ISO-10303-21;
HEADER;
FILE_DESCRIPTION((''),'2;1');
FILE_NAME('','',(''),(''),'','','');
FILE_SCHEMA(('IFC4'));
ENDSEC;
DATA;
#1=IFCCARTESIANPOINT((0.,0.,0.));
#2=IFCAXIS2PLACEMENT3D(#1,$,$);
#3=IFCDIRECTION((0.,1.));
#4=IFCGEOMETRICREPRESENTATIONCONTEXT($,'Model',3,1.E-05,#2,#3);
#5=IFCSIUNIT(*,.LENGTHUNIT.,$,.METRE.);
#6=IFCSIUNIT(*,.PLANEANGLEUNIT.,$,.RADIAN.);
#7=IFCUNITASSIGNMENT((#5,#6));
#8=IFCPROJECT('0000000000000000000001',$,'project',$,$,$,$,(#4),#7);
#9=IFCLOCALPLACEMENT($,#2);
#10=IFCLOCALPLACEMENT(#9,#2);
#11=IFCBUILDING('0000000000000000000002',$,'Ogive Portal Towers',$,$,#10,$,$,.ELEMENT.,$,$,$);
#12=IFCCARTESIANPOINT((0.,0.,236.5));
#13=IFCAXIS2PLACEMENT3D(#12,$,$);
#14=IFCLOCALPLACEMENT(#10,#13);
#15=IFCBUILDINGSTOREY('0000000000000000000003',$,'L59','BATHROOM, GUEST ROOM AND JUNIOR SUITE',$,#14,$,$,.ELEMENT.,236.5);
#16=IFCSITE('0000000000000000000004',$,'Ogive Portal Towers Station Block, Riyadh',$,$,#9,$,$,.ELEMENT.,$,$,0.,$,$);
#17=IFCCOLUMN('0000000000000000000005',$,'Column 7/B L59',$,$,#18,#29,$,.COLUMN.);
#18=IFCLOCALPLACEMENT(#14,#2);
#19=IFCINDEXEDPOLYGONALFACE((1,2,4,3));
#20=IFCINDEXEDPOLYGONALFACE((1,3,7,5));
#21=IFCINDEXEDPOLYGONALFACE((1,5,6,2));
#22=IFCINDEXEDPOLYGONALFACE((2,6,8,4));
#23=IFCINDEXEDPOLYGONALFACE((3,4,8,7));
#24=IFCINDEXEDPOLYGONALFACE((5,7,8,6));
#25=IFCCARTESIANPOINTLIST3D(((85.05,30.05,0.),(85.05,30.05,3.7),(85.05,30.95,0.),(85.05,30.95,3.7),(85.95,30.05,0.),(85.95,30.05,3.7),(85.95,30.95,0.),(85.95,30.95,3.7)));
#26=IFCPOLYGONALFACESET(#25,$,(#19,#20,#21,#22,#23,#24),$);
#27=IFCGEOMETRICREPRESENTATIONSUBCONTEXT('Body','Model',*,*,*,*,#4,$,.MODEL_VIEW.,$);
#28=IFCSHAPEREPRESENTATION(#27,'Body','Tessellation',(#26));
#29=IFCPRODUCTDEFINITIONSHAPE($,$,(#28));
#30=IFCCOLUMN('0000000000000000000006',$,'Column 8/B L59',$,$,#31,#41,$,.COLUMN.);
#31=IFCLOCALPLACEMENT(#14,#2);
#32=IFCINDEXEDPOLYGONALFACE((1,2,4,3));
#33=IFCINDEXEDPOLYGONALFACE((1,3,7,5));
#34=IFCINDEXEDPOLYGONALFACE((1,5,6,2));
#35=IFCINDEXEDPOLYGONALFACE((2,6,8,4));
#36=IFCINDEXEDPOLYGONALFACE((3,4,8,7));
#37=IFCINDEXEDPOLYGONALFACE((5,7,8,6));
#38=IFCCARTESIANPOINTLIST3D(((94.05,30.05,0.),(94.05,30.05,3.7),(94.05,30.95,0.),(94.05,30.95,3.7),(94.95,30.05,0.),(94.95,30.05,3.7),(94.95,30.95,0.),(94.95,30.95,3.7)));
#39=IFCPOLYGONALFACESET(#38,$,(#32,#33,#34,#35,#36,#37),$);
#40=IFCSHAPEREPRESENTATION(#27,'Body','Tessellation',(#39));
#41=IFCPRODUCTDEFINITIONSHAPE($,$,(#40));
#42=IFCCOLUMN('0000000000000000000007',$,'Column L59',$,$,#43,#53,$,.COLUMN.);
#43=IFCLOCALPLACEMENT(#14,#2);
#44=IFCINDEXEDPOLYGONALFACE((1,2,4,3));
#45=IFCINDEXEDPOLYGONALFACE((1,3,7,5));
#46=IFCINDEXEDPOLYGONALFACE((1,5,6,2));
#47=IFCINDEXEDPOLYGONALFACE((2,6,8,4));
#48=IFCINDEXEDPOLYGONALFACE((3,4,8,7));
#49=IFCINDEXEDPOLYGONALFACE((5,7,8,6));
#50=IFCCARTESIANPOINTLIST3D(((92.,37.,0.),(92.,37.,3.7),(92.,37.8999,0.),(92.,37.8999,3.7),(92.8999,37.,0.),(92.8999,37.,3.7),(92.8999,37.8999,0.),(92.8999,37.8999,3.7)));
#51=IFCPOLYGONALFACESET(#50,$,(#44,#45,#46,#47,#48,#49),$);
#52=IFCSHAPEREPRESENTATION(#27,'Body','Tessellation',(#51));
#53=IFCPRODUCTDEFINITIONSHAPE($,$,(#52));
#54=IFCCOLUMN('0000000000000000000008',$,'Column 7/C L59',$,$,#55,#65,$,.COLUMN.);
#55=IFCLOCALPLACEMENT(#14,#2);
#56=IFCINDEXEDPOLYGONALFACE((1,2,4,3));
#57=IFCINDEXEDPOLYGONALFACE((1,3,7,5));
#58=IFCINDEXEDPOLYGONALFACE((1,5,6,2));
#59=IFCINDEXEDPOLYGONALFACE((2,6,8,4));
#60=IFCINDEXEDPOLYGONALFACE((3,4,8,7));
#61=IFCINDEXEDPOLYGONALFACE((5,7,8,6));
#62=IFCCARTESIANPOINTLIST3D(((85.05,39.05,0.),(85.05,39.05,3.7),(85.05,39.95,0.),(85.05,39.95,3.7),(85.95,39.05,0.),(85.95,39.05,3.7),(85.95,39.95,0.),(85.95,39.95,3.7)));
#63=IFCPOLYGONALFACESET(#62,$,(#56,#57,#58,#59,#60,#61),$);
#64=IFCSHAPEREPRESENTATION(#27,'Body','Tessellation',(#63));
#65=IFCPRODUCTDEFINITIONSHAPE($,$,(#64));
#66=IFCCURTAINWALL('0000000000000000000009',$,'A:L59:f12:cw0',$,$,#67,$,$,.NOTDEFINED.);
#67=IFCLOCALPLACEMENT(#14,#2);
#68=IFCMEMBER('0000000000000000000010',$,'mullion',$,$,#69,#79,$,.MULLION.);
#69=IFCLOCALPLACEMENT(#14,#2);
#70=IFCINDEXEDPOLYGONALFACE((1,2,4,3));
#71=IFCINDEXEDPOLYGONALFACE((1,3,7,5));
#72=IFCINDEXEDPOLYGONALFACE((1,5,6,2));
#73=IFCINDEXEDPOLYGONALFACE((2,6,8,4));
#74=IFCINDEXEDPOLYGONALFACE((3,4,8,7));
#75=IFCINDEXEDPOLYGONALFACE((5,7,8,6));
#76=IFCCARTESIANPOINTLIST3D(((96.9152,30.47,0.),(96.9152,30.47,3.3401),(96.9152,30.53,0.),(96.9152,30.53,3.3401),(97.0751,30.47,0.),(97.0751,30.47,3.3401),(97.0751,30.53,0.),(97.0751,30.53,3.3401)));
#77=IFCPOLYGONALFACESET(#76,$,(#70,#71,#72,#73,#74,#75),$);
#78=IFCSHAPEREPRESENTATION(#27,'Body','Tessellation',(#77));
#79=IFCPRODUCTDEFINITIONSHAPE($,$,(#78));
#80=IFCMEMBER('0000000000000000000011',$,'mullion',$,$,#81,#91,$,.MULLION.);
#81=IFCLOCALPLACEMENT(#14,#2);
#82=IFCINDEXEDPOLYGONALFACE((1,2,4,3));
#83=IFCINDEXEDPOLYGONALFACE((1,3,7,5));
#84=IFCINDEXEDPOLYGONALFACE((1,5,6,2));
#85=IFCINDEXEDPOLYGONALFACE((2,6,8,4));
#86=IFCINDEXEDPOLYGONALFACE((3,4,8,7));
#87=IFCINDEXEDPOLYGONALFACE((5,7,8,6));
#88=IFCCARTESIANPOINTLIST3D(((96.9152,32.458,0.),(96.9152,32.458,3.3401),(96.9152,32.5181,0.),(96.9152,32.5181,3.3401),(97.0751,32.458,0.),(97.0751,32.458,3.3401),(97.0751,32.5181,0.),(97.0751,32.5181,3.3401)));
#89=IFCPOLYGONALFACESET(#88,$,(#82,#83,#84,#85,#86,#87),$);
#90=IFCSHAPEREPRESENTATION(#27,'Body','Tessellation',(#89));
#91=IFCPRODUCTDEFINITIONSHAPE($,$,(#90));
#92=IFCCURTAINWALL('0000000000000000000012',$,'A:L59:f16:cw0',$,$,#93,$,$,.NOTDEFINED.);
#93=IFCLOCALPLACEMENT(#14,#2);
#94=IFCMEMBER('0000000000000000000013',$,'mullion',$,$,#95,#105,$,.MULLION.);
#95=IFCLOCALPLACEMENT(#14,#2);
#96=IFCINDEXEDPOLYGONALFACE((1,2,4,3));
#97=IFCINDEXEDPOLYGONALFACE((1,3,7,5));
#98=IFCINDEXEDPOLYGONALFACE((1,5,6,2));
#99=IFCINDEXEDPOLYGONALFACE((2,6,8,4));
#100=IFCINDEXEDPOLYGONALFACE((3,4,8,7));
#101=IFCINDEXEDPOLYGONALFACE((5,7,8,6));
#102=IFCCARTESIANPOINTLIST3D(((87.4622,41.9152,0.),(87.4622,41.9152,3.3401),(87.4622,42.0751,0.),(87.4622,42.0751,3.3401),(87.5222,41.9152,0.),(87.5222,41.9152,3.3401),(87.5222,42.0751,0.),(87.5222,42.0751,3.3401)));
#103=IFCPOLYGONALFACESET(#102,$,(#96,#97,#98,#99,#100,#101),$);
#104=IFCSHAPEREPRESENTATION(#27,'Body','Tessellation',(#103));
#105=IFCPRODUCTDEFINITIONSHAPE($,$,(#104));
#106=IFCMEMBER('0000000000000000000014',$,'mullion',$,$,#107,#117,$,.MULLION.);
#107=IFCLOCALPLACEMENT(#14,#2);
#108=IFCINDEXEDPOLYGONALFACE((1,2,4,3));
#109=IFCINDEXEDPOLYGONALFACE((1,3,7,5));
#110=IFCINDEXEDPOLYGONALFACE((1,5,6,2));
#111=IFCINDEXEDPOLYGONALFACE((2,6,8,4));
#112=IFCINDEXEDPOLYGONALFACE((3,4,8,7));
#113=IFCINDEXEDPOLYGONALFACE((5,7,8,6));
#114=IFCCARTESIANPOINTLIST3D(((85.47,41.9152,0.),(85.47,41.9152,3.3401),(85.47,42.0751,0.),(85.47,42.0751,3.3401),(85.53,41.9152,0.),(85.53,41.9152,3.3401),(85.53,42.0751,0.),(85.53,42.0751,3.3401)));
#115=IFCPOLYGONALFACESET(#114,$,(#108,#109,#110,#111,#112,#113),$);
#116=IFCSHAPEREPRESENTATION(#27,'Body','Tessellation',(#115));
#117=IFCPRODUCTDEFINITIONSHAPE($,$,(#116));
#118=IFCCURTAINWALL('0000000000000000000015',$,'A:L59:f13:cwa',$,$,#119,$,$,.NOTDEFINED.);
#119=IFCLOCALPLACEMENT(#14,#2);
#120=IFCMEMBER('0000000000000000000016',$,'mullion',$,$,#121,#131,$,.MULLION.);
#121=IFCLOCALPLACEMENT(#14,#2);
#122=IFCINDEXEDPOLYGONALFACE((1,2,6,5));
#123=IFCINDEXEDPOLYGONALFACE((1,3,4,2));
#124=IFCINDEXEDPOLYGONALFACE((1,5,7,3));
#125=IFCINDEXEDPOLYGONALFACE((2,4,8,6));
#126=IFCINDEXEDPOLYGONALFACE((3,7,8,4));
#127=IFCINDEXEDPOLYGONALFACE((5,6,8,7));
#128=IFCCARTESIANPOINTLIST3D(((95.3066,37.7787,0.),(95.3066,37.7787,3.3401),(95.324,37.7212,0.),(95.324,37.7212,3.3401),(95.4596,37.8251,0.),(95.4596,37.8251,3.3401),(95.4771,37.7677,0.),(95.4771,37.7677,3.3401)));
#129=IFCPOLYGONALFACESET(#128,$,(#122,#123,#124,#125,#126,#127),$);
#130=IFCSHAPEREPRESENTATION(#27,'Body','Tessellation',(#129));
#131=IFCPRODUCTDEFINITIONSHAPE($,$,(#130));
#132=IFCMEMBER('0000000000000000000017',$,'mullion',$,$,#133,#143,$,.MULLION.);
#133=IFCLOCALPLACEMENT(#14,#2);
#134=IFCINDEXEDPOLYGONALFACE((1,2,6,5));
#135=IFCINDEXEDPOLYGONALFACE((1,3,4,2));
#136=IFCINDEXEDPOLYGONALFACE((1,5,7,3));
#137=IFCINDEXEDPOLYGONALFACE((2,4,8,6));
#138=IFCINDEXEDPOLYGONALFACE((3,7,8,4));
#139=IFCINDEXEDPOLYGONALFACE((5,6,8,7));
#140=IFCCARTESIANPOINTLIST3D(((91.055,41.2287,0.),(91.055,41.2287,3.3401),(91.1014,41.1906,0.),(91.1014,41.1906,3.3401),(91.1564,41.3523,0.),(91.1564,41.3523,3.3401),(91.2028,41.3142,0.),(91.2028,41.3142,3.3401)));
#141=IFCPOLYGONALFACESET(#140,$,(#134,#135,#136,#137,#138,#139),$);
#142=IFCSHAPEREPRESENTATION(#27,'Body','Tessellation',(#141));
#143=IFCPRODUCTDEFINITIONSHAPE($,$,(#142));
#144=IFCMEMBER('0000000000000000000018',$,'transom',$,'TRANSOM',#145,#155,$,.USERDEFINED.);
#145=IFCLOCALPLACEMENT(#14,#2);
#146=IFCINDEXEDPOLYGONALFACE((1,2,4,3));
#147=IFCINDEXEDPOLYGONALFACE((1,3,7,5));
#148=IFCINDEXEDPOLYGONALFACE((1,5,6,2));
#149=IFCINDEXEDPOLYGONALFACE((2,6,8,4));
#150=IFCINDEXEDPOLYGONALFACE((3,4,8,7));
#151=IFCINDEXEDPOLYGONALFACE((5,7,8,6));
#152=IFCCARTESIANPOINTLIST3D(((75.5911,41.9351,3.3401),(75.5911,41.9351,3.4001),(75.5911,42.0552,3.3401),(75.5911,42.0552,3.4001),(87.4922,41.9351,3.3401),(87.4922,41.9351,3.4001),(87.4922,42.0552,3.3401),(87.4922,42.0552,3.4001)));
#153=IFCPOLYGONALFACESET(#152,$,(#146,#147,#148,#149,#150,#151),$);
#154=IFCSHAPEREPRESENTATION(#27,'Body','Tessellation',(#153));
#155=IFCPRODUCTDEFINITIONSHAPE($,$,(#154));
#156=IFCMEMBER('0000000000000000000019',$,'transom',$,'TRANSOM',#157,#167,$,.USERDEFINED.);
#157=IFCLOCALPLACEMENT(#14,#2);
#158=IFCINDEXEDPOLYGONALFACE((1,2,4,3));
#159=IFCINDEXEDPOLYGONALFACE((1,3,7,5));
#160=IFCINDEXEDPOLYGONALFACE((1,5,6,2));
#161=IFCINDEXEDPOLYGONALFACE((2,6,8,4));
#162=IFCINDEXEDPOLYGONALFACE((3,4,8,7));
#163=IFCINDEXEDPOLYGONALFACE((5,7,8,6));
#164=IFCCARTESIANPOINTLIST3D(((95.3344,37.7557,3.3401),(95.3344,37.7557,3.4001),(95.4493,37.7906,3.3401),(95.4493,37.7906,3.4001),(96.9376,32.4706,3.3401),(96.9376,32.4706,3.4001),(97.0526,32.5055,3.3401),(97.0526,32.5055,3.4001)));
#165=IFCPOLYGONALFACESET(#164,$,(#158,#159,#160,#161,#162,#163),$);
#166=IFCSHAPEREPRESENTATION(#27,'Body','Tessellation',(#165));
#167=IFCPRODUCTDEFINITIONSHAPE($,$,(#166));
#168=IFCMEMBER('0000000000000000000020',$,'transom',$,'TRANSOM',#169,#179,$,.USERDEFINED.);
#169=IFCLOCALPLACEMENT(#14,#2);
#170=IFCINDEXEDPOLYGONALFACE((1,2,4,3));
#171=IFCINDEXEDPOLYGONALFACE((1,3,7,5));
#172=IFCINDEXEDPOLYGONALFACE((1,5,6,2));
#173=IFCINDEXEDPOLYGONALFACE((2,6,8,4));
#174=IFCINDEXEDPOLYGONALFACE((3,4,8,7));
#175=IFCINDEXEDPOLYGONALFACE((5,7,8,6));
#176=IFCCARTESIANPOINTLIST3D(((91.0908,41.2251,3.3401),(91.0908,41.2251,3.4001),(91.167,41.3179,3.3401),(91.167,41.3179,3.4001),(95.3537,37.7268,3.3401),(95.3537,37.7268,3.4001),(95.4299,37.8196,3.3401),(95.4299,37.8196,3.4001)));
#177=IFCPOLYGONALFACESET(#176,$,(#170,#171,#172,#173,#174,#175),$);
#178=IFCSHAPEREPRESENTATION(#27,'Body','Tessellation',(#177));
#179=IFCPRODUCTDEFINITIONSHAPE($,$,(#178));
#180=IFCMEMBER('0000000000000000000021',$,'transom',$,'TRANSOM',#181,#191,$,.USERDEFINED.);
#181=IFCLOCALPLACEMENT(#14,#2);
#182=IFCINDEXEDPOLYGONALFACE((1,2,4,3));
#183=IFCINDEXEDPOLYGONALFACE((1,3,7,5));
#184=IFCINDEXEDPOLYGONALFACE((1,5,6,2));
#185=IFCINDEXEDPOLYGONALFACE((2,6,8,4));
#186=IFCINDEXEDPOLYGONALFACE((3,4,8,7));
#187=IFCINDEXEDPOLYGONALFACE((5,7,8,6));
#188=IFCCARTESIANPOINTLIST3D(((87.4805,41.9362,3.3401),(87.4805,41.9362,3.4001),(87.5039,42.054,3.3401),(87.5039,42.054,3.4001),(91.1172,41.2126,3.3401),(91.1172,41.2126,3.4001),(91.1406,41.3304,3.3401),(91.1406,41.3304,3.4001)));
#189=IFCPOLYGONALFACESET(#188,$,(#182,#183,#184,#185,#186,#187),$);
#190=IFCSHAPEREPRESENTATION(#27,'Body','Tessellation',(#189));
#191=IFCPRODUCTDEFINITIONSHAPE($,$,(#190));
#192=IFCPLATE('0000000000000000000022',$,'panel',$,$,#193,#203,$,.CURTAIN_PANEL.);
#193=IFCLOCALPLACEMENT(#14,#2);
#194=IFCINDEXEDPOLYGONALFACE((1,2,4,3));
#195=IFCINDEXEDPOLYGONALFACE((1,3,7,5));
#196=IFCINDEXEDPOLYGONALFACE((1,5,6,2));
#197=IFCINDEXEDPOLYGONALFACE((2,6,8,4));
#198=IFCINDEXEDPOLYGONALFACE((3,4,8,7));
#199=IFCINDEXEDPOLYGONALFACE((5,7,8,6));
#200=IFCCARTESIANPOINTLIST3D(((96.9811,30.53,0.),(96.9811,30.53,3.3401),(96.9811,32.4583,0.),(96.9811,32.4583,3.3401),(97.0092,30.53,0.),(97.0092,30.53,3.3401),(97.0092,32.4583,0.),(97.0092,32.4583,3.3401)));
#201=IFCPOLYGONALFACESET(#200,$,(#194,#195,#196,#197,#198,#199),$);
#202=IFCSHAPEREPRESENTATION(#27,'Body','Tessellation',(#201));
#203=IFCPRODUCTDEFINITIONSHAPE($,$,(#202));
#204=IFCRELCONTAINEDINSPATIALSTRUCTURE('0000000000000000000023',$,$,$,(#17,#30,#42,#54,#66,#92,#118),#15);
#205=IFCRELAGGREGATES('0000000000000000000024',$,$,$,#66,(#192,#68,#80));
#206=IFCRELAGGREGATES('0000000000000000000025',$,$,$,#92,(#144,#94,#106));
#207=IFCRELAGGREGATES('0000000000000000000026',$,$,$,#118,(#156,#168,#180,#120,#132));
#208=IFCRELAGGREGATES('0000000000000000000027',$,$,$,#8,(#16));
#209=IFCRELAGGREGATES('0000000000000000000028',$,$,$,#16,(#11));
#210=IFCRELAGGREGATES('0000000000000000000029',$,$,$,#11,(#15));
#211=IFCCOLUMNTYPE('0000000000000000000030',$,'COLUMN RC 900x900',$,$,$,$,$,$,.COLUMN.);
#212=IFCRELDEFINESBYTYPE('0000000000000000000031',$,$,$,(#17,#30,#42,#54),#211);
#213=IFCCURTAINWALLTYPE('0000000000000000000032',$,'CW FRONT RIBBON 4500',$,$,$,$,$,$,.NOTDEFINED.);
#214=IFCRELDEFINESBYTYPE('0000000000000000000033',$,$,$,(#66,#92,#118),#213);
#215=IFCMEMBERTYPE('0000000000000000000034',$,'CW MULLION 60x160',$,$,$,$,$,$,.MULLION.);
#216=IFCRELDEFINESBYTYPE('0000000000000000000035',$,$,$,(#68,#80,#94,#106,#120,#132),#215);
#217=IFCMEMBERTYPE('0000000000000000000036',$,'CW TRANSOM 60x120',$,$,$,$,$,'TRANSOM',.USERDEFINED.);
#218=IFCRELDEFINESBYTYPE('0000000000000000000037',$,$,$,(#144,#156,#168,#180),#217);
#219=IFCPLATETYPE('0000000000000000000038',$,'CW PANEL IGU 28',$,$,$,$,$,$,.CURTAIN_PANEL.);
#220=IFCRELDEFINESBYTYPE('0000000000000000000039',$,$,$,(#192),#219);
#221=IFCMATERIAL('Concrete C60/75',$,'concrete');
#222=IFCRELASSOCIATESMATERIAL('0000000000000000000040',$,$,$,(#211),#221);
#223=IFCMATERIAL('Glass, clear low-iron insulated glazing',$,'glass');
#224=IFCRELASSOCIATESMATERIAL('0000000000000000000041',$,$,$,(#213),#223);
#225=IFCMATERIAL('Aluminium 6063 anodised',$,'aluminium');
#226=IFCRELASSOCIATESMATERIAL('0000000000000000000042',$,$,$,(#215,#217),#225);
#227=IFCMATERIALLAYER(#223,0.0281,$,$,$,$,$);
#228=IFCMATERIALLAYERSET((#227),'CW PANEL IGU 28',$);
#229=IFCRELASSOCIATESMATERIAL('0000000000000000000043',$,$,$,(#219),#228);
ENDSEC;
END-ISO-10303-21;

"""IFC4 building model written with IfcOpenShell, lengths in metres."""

from ifc_helpers import new_model, si_unit, direction, frame, origin, origin_2d, place, context, subcontext, project, spatial, rectangle, extrude, material, layer, layer_set, material_profile, profile_set, type_object, element, aggregate, save


model = new_model("IFC4")

# Units and contexts
model_context = context("Model", 3, precision=1e-05, world=origin(), true_north=direction((0.0, 1.0)))
body_context = subcontext(model_context, "Body", "Model", "MODEL_VIEW")
ifc_project = project(units=[si_unit("LENGTHUNIT", "METRE"), si_unit("PLANEANGLEUNIT", "RADIAN")], contexts=[model_context])

# Site, building, storey
site_placement = place(None, origin())
site = spatial("IfcSite", under=ifc_project, at=site_placement, Name="Ogive Portal Towers Station Block, Riyadh", CompositionType="ELEMENT", RefElevation=0.0)
building_placement = place(site_placement, origin())
building = spatial("IfcBuilding", under=site, at=building_placement, Name="Ogive Portal Towers", CompositionType="ELEMENT")
storey_placement = place(building_placement, frame((0.0, 0.0, 236.5)))
storey = spatial("IfcBuildingStorey", under=building, at=storey_placement, Name="L59", Description="BATHROOM, GUEST ROOM AND JUNIOR SUITE", CompositionType="ELEMENT", Elevation=236.5)

# Columns
ifc_material_1 = material(Name="Concrete C60/75", Category="concrete")
ifc_material_profile_1 = material_profile(ifc_material_1, rectangle(XDim=0.8999, YDim=0.8999, at=origin_2d()), Name="RC 900x900")
ifc_profile_set_1 = profile_set([ifc_material_profile_1], Name="Concrete C60/75")
column_type = type_object("IfcColumnType", Name="COLUMN RC 900x900", PredefinedType="COLUMN", material=ifc_profile_set_1)
for number, where, z_axis, x_axis, name in (
    (1, (85.5, 30.5, 0.0), (0.0, 0.0, 1.0), (1.0, 0.0, 0.0), "Column 7/B L59"),
    (2, (94.5, 30.5, 0.0), (0.0, 0.0, 1.0), (1.0, 0.0, 0.0), "Column 8/B L59"),
    (3, (92.45, 37.45, 0.0), (0.0, 0.0, 1.0), (1.0, 0.0, 0.0), "Column L59"),
    (4, (85.5, 39.5, 0.0), (0.0, 0.0, 1.0), (1.0, 0.0, 0.0), "Column 7/C L59"),
):
    element("IfcColumn", number, at=place(storey_placement, frame(where, z_axis=z_axis, x_axis=x_axis)), inside=storey, type_object=column_type, Name=name, PredefinedType="COLUMN", context=body_context, shape_type="SweptSolid", body=[
        extrude(rectangle(XDim=0.8999, YDim=0.8999, at=origin_2d()), origin(), (0.0, 0.0, 1.0), 3.7),
    ])

# Curtain walls, members
ifc_material_2 = material(Name="Glass, clear low-iron insulated glazing", Category="glass")
curtain_wall_type = type_object("IfcCurtainWallType", Name="CW FRONT RIBBON 4500", PredefinedType="NOTDEFINED", material=ifc_material_2)
curtain_wall_1_placement = place(storey_placement, origin())
curtain_wall_1 = element("IfcCurtainWall", 5, at=curtain_wall_1_placement, inside=storey, type_object=curtain_wall_type, Name="A:L59:f12:cw0", PredefinedType="NOTDEFINED")
ifc_material_3 = material(Name="Aluminium 6063 anodised", Category="aluminium")
ifc_material_profile_2 = material_profile(ifc_material_3, rectangle(XDim=0.1599, YDim=0.0601, at=origin_2d()), Name="AL 60x160")
ifc_profile_set_2 = profile_set([ifc_material_profile_2], Name="Aluminium 6063 anodised")
member_type_1 = type_object("IfcMemberType", Name="CW MULLION 60x160", PredefinedType="MULLION", material=ifc_profile_set_2)
member_1_placement = place(storey_placement, frame((96.9951, 30.5, 0.0), z_axis=(0.0, 0.0, 1.0), x_axis=(-1.0, 0.0, 0.0)))
member_1 = element("IfcMember", 6, at=member_1_placement, type_object=member_type_1, Name="mullion", PredefinedType="MULLION", context=body_context, shape_type="SweptSolid", body=[
    extrude(rectangle(XDim=0.1599, YDim=0.0601, at=origin_2d()), origin(), (0.0, 0.0, 1.0), 3.3401),
])
member_2_placement = place(storey_placement, frame((96.9951, 32.488, 0.0), z_axis=(0.0, 0.0, 1.0), x_axis=(-1.0, 0.0, 0.0)))
member_2 = element("IfcMember", 7, at=member_2_placement, type_object=member_type_1, Name="mullion", PredefinedType="MULLION", context=body_context, shape_type="SweptSolid", body=[
    extrude(rectangle(XDim=0.1599, YDim=0.0601, at=origin_2d()), origin(), (0.0, 0.0, 1.0), 3.3401),
])
curtain_wall_2_placement = place(storey_placement, origin())
curtain_wall_2 = element("IfcCurtainWall", 8, at=curtain_wall_2_placement, inside=storey, type_object=curtain_wall_type, Name="A:L59:f16:cw0", PredefinedType="NOTDEFINED")
member_3_placement = place(storey_placement, frame((87.4922, 41.9951, 0.0), z_axis=(0.0, 0.0, 1.0), x_axis=(0.0, -1.0, 0.0)))
member_3 = element("IfcMember", 9, at=member_3_placement, type_object=member_type_1, Name="mullion", PredefinedType="MULLION", context=body_context, shape_type="SweptSolid", body=[
    extrude(rectangle(XDim=0.1599, YDim=0.0601, at=origin_2d()), origin(), (0.0, 0.0, 1.0), 3.3401),
])
member_4_placement = place(storey_placement, frame((85.5, 41.9951, 0.0), z_axis=(0.0, 0.0, 1.0), x_axis=(0.0, -1.0, 0.0)))
member_4 = element("IfcMember", 10, at=member_4_placement, type_object=member_type_1, Name="mullion", PredefinedType="MULLION", context=body_context, shape_type="SweptSolid", body=[
    extrude(rectangle(XDim=0.1599, YDim=0.0601, at=origin_2d()), origin(), (0.0, 0.0, 1.0), 3.3401),
])
curtain_wall_3_placement = place(storey_placement, origin())
curtain_wall_3 = element("IfcCurtainWall", 11, at=curtain_wall_3_placement, inside=storey, type_object=curtain_wall_type, Name="A:L59:f13:cwa", PredefinedType="NOTDEFINED")
member_5_placement = place(storey_placement, frame((95.3918, 37.7732, 0.0), z_axis=(0.0, 0.0, 1.0), x_axis=(-0.95694, -0.290285, 0.0)))
member_5 = element("IfcMember", 12, at=member_5_placement, type_object=member_type_1, Name="mullion", PredefinedType="MULLION", context=body_context, shape_type="SweptSolid", body=[
    extrude(rectangle(XDim=0.1599, YDim=0.0601, at=origin_2d()), origin(), (0.0, 0.0, 1.0), 3.3401),
])
member_6_placement = place(storey_placement, frame((91.1289, 41.2715, 0.0), z_axis=(0.0, 0.0, 1.0), x_axis=(-0.634393, -0.77301, 0.0)))
member_6 = element("IfcMember", 13, at=member_6_placement, type_object=member_type_1, Name="mullion", PredefinedType="MULLION", context=body_context, shape_type="SweptSolid", body=[
    extrude(rectangle(XDim=0.1599, YDim=0.0601, at=origin_2d()), origin(), (0.0, 0.0, 1.0), 3.3401),
])

# Members
ifc_material_profile_3 = material_profile(ifc_material_3, rectangle(XDim=0.1201, YDim=0.0601, at=origin_2d()), Name="AL 120x60")
ifc_profile_set_3 = profile_set([ifc_material_profile_3], Name="Aluminium 6063 anodised")
member_type_2 = type_object("IfcMemberType", Name="CW TRANSOM 60x120", ElementType="TRANSOM", PredefinedType="USERDEFINED", material=ifc_profile_set_3)
member_7_placement = place(storey_placement, frame((87.4922, 41.9951, 3.3701), z_axis=(-1.0, 0.0, 0.0), x_axis=(0.0, -1.0, 0.0)))
member_7 = element("IfcMember", 14, at=member_7_placement, type_object=member_type_2, Name="transom", ObjectType="TRANSOM", PredefinedType="USERDEFINED", context=body_context, shape_type="SweptSolid", body=[
    extrude(rectangle(XDim=0.1201, YDim=0.0601, at=origin_2d()), origin(), (0.0, 0.0, 1.0), 11.9011),
])
member_8_placement = place(storey_placement, frame((96.9951, 32.488, 3.3701), z_axis=(-0.290291, 0.956938, 0.0), x_axis=(-0.956938, -0.290291, 0.0)))
member_8 = element("IfcMember", 15, at=member_8_placement, type_object=member_type_2, Name="transom", ObjectType="TRANSOM", PredefinedType="USERDEFINED", context=body_context, shape_type="SweptSolid", body=[
    extrude(rectangle(XDim=0.1201, YDim=0.0601, at=origin_2d()), origin(), (0.0, 0.0, 1.0), 5.5229),
])
member_9_placement = place(storey_placement, frame((95.3918, 37.7732, 3.3701), z_axis=(-0.773029, 0.63437, 0.0), x_axis=(-0.63437, -0.773029, 0.0)))
member_9 = element("IfcMember", 16, at=member_9_placement, type_object=member_type_2, Name="transom", ObjectType="TRANSOM", PredefinedType="USERDEFINED", context=body_context, shape_type="SweptSolid", body=[
    extrude(rectangle(XDim=0.1201, YDim=0.0601, at=origin_2d()), origin(), (0.0, 0.0, 1.0), 5.5146),
])
member_10_placement = place(storey_placement, frame((91.1289, 41.2715, 3.3701), z_axis=(-0.980773, 0.195154, 0.0), x_axis=(-0.195154, -0.980773, 0.0)))
member_10 = element("IfcMember", 17, at=member_10_placement, type_object=member_type_2, Name="transom", ObjectType="TRANSOM", PredefinedType="USERDEFINED", context=body_context, shape_type="SweptSolid", body=[
    extrude(rectangle(XDim=0.1201, YDim=0.0601, at=origin_2d()), origin(), (0.0, 0.0, 1.0), 3.708),
])

# Plate
ifc_layer_1 = layer(ifc_material_2, 0.0281)
ifc_layer_set_1 = layer_set([ifc_layer_1], Name="CW PANEL IGU 28")
plate_type = type_object("IfcPlateType", Name="CW PANEL IGU 28", PredefinedType="CURTAIN_PANEL", material=ifc_layer_set_1)
plate_1_placement = place(storey_placement, frame((96.9951, 31.4941, 0.0), z_axis=(0.0, 0.0, 1.0), x_axis=(0.0, 1.0, 0.0)))
plate_1 = element("IfcPlate", 18, at=plate_1_placement, type_object=plate_type, Name="panel", PredefinedType="CURTAIN_PANEL", context=body_context, shape_type="SweptSolid", body=[
    extrude(rectangle(XDim=1.9282, YDim=0.0281, at=origin_2d()), origin(), (0.0, 0.0, 1.0), 3.3401),
])
aggregate(curtain_wall_1, [plate_1, member_1, member_2])
aggregate(curtain_wall_2, [member_7, member_3, member_4])
aggregate(curtain_wall_3, [member_8, member_9, member_10, member_5, member_6])

save(model, "model.ifc")
